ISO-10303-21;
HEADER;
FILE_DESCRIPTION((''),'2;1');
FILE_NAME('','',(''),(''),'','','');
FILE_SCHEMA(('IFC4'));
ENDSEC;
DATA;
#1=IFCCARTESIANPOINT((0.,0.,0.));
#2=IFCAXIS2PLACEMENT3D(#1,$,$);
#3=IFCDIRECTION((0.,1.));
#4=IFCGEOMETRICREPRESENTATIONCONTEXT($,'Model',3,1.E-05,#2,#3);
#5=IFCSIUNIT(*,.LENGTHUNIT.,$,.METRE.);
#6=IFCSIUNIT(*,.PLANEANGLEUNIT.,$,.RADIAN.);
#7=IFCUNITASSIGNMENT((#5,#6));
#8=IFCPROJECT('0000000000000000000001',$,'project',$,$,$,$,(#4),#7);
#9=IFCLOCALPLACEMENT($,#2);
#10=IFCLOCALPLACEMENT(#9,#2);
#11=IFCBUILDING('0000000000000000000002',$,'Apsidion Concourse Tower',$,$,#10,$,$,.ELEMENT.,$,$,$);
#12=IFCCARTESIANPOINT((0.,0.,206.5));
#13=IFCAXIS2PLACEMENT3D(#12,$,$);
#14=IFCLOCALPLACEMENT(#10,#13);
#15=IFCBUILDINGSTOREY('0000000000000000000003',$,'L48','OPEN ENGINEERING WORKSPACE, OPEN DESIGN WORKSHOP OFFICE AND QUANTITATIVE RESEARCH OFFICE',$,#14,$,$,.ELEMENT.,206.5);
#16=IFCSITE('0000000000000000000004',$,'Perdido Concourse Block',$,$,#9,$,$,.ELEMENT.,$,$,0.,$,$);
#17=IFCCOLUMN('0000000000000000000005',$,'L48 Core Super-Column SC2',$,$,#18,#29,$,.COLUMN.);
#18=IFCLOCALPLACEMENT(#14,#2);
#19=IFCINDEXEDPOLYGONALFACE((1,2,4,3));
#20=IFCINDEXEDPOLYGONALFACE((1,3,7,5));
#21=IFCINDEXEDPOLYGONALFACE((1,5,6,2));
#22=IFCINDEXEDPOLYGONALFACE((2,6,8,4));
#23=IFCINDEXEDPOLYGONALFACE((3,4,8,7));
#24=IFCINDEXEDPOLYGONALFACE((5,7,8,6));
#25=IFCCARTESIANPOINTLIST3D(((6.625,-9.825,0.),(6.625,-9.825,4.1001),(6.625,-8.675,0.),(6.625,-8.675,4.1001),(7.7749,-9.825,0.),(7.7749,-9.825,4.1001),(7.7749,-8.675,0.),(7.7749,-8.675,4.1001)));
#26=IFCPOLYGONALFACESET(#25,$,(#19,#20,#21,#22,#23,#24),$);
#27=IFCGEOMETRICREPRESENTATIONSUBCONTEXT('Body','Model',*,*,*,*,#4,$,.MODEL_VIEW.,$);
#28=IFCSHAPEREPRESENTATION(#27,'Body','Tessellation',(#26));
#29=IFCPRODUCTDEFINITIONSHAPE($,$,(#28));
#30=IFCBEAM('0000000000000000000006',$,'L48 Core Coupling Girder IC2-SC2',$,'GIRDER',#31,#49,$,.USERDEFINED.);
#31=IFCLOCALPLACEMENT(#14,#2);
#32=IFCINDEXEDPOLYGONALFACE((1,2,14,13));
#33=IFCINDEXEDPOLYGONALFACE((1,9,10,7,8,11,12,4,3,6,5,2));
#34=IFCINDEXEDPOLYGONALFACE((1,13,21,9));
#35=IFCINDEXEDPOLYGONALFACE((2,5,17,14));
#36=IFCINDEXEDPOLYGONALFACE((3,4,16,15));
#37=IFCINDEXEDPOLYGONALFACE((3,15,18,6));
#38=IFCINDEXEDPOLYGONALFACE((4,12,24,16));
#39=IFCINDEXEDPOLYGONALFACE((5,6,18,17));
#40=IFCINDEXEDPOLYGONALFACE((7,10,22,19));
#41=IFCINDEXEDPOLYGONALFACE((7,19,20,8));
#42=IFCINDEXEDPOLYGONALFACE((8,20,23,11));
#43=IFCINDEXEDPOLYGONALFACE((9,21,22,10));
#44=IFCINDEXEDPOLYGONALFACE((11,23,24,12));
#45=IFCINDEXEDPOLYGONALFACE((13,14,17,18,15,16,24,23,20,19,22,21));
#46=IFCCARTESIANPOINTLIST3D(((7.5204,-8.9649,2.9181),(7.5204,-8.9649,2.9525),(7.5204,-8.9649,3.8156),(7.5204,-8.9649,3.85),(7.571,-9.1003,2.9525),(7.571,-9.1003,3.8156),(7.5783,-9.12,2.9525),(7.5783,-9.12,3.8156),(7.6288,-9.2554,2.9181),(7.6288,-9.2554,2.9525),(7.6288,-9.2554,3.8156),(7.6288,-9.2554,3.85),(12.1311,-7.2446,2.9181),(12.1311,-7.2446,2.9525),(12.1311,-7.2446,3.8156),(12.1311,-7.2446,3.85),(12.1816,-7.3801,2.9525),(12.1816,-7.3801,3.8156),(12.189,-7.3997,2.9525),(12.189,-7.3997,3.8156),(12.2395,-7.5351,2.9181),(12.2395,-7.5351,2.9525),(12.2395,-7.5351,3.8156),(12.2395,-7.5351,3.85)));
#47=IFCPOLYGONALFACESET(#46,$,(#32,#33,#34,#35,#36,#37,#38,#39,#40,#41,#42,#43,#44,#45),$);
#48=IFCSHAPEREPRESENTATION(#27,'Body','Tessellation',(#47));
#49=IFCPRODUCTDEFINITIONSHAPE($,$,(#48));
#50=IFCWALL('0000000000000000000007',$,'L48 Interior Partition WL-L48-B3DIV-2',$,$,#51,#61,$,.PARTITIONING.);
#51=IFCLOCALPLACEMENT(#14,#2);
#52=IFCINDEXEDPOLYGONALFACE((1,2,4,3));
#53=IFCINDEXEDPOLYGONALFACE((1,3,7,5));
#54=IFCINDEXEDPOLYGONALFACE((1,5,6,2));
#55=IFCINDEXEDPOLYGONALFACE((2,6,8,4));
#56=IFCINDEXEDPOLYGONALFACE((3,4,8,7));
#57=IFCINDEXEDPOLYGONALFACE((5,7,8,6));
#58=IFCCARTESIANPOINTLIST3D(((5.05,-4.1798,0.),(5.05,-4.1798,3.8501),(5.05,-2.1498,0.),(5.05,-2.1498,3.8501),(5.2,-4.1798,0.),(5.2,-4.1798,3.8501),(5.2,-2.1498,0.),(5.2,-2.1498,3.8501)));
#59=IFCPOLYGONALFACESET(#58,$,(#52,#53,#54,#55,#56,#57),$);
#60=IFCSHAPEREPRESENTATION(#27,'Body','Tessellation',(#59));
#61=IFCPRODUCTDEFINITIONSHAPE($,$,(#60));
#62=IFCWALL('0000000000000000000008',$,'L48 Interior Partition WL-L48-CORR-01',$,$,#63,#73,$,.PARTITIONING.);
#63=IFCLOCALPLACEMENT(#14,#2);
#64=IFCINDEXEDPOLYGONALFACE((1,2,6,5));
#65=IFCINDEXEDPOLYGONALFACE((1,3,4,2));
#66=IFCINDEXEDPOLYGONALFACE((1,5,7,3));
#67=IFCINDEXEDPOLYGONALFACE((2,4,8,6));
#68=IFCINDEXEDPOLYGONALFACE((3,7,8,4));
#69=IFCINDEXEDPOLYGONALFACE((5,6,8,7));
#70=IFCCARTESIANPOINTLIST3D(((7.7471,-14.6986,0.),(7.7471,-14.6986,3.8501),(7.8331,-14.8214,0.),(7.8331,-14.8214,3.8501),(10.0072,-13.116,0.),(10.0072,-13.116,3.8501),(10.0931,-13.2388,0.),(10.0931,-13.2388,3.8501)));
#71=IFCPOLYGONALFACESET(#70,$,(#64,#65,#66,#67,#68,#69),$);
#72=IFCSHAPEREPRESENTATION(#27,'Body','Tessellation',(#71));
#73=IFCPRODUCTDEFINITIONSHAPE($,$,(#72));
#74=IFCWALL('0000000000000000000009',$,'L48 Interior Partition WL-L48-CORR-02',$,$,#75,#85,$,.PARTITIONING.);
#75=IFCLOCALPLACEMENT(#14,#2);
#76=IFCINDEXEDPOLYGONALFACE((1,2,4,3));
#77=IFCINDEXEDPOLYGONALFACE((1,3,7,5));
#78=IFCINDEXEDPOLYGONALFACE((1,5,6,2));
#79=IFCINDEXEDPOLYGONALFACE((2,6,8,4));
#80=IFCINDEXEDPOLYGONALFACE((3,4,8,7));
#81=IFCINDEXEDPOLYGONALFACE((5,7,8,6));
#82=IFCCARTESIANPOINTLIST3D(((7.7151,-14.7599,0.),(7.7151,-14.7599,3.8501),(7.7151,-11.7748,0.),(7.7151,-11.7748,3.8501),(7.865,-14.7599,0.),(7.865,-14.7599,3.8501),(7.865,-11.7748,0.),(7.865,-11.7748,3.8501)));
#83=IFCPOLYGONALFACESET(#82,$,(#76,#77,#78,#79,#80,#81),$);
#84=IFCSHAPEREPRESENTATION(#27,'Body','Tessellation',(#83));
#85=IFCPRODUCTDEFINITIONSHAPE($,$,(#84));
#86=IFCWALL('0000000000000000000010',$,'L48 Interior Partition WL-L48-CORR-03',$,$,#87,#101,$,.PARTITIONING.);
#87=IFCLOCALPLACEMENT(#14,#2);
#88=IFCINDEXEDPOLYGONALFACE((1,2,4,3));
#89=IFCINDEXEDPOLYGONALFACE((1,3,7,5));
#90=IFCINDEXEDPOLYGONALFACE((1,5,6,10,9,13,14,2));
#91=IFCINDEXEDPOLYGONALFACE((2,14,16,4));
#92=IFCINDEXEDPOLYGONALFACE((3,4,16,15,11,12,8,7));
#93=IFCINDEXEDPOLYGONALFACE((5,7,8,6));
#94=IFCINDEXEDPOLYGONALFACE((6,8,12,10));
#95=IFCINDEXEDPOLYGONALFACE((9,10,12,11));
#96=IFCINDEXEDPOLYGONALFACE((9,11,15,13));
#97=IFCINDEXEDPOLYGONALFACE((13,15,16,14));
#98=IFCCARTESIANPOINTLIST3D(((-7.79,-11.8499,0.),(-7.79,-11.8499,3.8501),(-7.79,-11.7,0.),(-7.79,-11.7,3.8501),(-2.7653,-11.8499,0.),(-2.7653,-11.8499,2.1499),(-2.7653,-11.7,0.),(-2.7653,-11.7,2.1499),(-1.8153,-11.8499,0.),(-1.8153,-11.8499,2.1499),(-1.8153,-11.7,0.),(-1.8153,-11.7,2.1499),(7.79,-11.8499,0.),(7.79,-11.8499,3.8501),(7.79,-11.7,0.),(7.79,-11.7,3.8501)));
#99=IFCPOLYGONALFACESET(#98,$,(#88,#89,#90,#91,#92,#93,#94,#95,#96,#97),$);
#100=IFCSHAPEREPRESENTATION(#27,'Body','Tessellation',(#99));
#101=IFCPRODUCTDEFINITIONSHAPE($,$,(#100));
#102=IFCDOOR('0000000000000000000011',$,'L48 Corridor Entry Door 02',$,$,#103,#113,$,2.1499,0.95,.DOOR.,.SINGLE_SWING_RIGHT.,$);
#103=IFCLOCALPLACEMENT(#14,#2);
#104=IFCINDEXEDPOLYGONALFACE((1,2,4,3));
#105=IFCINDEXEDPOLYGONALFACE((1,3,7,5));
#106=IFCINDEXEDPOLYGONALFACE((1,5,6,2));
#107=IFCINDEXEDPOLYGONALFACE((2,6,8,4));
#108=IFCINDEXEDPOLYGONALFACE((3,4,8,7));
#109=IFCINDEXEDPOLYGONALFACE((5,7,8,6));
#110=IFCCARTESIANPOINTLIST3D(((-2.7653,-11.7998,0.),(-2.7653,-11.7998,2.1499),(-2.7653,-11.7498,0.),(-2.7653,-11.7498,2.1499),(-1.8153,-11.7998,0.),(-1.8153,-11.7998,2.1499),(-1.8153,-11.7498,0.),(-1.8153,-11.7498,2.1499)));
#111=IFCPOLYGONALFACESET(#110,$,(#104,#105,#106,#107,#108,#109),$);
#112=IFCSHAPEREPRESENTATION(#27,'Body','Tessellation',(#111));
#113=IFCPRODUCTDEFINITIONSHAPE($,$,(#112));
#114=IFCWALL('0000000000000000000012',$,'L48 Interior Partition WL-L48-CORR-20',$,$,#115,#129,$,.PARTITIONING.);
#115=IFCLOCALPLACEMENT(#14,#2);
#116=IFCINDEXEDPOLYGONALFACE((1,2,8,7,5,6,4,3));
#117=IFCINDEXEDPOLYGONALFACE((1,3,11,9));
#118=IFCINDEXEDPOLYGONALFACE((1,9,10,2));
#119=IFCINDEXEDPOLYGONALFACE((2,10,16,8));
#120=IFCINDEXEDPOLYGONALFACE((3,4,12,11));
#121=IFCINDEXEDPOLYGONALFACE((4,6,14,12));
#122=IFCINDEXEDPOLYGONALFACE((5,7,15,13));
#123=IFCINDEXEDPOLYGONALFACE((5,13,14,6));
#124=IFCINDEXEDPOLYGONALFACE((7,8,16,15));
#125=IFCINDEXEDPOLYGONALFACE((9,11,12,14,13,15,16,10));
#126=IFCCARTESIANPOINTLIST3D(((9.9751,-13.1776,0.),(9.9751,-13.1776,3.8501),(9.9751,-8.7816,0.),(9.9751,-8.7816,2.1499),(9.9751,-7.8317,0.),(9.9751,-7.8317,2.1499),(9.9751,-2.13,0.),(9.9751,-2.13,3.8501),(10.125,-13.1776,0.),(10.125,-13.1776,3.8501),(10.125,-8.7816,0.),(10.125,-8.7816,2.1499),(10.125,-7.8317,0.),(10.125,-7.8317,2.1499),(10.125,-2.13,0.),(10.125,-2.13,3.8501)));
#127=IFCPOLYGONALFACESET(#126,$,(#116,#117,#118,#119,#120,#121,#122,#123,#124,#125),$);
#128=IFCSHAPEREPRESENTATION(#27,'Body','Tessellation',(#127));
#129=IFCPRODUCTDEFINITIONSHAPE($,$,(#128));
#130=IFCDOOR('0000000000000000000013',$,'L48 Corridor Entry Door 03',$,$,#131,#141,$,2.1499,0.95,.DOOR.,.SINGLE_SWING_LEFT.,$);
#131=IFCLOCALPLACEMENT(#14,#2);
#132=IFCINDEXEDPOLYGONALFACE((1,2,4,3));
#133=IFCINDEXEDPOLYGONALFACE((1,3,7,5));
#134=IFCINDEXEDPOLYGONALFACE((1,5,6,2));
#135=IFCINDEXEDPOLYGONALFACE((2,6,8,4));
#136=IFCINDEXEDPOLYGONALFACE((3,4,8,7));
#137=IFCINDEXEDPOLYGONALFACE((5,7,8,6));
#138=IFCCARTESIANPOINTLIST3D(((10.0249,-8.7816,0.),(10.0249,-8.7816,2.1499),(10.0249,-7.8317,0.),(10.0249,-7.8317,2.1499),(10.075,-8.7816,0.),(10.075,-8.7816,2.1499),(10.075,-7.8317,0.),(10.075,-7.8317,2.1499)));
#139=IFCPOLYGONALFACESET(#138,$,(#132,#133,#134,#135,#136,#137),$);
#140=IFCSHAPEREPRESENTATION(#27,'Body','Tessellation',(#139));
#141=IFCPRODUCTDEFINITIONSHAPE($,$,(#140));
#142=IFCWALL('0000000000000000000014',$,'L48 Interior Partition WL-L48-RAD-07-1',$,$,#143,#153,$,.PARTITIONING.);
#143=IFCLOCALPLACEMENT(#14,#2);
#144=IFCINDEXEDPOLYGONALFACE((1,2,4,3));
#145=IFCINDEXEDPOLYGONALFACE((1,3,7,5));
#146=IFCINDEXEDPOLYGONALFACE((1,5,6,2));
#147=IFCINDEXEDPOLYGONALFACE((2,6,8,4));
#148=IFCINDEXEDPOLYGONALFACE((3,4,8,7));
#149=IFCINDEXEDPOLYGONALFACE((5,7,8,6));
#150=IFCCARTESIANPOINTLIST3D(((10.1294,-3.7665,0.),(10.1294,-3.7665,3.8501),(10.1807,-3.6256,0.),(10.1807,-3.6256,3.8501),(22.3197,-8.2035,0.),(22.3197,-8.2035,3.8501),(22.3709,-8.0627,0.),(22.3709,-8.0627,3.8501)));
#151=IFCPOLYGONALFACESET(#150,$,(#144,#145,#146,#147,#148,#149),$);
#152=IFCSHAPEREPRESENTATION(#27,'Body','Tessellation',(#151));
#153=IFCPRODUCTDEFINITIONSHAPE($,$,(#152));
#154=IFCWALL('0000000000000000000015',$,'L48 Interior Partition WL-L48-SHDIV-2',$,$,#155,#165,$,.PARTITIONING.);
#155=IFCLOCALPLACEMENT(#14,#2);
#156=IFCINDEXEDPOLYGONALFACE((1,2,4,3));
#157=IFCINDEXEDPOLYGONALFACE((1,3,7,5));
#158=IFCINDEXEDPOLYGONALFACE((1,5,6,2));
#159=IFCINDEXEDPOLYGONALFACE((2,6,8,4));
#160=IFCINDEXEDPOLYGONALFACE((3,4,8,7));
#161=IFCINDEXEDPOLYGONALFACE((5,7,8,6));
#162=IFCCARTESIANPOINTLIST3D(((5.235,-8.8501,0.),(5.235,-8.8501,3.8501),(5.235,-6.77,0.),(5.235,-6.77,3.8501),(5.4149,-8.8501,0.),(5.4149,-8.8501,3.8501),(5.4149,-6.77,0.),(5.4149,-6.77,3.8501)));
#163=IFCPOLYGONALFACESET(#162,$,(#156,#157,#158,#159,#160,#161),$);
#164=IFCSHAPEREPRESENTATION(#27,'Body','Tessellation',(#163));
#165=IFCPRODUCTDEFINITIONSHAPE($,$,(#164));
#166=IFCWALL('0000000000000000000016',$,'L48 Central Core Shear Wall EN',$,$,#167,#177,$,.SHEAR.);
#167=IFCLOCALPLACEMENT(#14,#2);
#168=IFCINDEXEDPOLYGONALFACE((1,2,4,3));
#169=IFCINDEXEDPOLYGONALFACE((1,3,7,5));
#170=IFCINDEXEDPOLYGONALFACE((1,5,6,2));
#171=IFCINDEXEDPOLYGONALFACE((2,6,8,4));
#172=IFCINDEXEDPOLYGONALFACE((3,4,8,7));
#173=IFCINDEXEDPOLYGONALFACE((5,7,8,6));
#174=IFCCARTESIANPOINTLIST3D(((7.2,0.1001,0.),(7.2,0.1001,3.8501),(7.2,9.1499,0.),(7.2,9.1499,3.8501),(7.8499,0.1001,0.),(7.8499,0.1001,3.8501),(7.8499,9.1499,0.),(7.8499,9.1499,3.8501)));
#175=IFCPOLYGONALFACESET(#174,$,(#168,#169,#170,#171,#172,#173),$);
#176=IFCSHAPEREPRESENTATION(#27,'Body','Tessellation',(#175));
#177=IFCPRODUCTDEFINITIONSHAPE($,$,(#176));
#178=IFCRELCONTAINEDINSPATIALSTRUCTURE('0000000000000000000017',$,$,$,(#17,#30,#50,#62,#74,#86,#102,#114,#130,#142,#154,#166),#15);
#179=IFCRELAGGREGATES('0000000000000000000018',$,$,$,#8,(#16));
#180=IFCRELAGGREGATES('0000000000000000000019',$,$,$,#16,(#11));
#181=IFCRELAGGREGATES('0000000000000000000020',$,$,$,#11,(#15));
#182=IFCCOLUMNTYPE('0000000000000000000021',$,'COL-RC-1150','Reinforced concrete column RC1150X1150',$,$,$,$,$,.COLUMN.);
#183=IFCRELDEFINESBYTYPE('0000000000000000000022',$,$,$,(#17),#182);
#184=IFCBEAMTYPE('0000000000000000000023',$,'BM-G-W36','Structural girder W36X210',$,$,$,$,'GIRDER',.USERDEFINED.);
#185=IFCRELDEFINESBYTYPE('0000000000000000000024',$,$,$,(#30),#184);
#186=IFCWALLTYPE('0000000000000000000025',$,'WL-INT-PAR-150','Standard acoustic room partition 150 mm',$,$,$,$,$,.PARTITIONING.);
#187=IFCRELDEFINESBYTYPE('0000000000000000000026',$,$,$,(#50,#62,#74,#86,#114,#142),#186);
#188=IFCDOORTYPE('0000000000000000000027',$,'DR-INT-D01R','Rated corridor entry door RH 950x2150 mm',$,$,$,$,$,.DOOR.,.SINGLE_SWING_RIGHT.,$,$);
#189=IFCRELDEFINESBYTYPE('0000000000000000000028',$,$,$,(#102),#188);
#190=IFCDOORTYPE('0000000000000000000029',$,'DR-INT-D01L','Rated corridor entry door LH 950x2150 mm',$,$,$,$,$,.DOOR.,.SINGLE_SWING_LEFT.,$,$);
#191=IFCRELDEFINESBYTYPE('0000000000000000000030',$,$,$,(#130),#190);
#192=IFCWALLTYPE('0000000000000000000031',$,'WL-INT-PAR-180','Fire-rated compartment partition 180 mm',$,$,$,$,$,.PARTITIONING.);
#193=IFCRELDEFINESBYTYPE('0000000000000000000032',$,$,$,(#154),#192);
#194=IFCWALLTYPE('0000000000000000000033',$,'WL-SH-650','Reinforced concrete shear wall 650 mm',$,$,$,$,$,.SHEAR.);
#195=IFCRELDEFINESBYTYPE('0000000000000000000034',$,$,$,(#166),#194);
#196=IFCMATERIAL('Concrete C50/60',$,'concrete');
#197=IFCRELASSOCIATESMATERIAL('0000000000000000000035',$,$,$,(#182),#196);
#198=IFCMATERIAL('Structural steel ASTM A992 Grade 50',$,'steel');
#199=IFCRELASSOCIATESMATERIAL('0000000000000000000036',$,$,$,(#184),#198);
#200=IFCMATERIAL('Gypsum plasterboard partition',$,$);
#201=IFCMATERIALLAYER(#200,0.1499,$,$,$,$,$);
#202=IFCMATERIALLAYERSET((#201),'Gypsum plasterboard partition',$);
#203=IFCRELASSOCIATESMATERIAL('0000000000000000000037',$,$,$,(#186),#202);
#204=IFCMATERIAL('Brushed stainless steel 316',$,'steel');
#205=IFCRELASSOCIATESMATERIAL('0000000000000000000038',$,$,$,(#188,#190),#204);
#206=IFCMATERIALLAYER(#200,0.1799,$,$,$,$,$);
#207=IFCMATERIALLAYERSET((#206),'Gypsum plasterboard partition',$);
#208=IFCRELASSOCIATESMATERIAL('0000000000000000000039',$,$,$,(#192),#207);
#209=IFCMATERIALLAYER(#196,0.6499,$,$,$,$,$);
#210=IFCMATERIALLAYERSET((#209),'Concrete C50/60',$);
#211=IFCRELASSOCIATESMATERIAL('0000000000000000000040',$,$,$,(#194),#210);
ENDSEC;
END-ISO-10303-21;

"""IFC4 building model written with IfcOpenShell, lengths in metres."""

from ifc_helpers import new_model, si_unit, direction, frame, frame_2d, origin, origin_2d, place, context, subcontext, project, spatial, rectangle, i_section, extrude, material, layer, layer_set, material_profile, profile_set, type_object, element, fill, save


model = new_model("IFC4")

# Units and contexts
model_context = context("Model", 3, precision=1e-05, world=origin(), true_north=direction((0.0, 1.0)))
body_context = subcontext(model_context, "Body", "Model", "MODEL_VIEW")
ifc_project = project(units=[si_unit("LENGTHUNIT", "METRE"), si_unit("PLANEANGLEUNIT", "RADIAN")], contexts=[model_context])

# Site, building, storey
site_placement = place(None, origin())
site = spatial("IfcSite", under=ifc_project, at=site_placement, Name="Perdido Concourse Block", CompositionType="ELEMENT", RefElevation=0.0)
building_placement = place(site_placement, origin())
building = spatial("IfcBuilding", under=site, at=building_placement, Name="Apsidion Concourse Tower", CompositionType="ELEMENT")
storey_placement = place(building_placement, frame((0.0, 0.0, 206.5)))
storey = spatial("IfcBuildingStorey", under=building, at=storey_placement, Name="L48", Description="OPEN ENGINEERING WORKSPACE, OPEN DESIGN WORKSHOP OFFICE AND QUANTITATIVE RESEARCH OFFICE", CompositionType="ELEMENT", Elevation=206.5)

# Column
ifc_material_1 = material(Name="Concrete C50/60", Category="concrete")
ifc_material_profile_1 = material_profile(ifc_material_1, rectangle(XDim=1.1499, YDim=1.1499, at=origin_2d()), Name="RC 1150x1150")
ifc_profile_set_1 = profile_set([ifc_material_profile_1], Name="Concrete C50/60")
column_type = type_object("IfcColumnType", Name="COL-RC-1150", Description="Reinforced concrete column RC1150X1150", PredefinedType="COLUMN", material=ifc_profile_set_1)
column_placement = place(storey_placement, frame((7.2, -9.25, 0.0), z_axis=(0.0, 0.0, 1.0), x_axis=(1.0, 0.0, 0.0)))
element("IfcColumn", 1, at=column_placement, inside=storey, type_object=column_type, Name="L48 Core Super-Column SC2", PredefinedType="COLUMN", context=body_context, shape_type="SweptSolid", body=[
    extrude(rectangle(XDim=1.1499, YDim=1.1499, at=origin_2d()), origin(), (0.0, 0.0, 1.0), 4.1001),
])

# Beam
ifc_material_2 = material(Name="Structural steel ASTM A992 Grade 50", Category="steel")
ifc_material_profile_2 = material_profile(ifc_material_2, i_section(OverallWidth=0.3101, OverallDepth=0.9319, WebThickness=0.021, FlangeThickness=0.0344, at=origin_2d()), Name="W36X210")
ifc_profile_set_2 = profile_set([ifc_material_profile_2], Name="Structural steel ASTM A992 Grade 50")
beam_type = type_object("IfcBeamType", Name="BM-G-W36", Description="Structural girder W36X210", ElementType="GIRDER", PredefinedType="USERDEFINED", material=ifc_profile_set_2)
beam_placement = place(storey_placement, frame((12.1853, -7.3899, 3.384), z_axis=(-0.936913, -0.349563, 0.0), x_axis=(0.349563, -0.936913, 0.0)))
element("IfcBeam", 2, at=beam_placement, inside=storey, type_object=beam_type, Name="L48 Core Coupling Girder IC2-SC2", ObjectType="GIRDER", PredefinedType="USERDEFINED", context=body_context, shape_type="SweptSolid", body=[
    extrude(i_section(OverallWidth=0.3101, OverallDepth=0.9319, WebThickness=0.021, FlangeThickness=0.0344, at=origin_2d()), origin(), (0.0, 0.0, 1.0), 4.9211),
])

# Walls
ifc_material_3 = material(Name="Gypsum plasterboard partition")
ifc_layer_1 = layer(ifc_material_3, 0.1499)
ifc_layer_set_1 = layer_set([ifc_layer_1], Name="Gypsum plasterboard partition")
wall_type_1 = type_object("IfcWallType", Name="WL-INT-PAR-150", Description="Standard acoustic room partition 150 mm", PredefinedType="PARTITIONING", material=ifc_layer_set_1)
wall_1_placement = place(storey_placement, frame((5.125, -4.1799, 0.0), z_axis=(0.0, 0.0, 1.0), x_axis=(0.0, 1.0, 0.0)))
element("IfcWall", 3, at=wall_1_placement, inside=storey, type_object=wall_type_1, Name="L48 Interior Partition WL-L48-B3DIV-2", PredefinedType="PARTITIONING", context=body_context, shape_type="SweptSolid", body=[
    extrude(rectangle(XDim=2.03, YDim=0.1499, at=frame_2d((1.0151, 0.0))), origin(), (0.0, 0.0, 1.0), 3.8501),
])
wall_2_placement = place(storey_placement, frame((10.05, -13.1775, 0.0), z_axis=(0.0, 0.0, 1.0), x_axis=(-0.819145, -0.573587, 0.0)))
element("IfcWall", 4, at=wall_2_placement, inside=storey, type_object=wall_type_1, Name="L48 Interior Partition WL-L48-CORR-01", PredefinedType="PARTITIONING", context=body_context, shape_type="SweptSolid", body=[
    extrude(rectangle(XDim=2.759, YDim=0.1499, at=frame_2d((1.3794, 0.0))), origin(), (0.0, 0.0, 1.0), 3.8501),
])
wall_3_placement = place(storey_placement, frame((7.79, -14.76, 0.0), z_axis=(0.0, 0.0, 1.0), x_axis=(0.0, 1.0, 0.0)))
element("IfcWall", 5, at=wall_3_placement, inside=storey, type_object=wall_type_1, Name="L48 Interior Partition WL-L48-CORR-02", PredefinedType="PARTITIONING", context=body_context, shape_type="SweptSolid", body=[
    extrude(rectangle(XDim=2.9851, YDim=0.1499, at=frame_2d((1.4927, 0.0))), origin(), (0.0, 0.0, 1.0), 3.8501),
])

# Walls, openings, doors
wall_4_placement = place(storey_placement, frame((7.79, -11.7749, 0.0), z_axis=(0.0, 0.0, 1.0), x_axis=(-1.0, 0.0, 0.0)))
wall_4 = element("IfcWall", 6, at=wall_4_placement, inside=storey, type_object=wall_type_1, Name="L48 Interior Partition WL-L48-CORR-03", PredefinedType="PARTITIONING", context=body_context, shape_type="SweptSolid", body=[
    extrude(rectangle(XDim=15.5801, YDim=0.1499, at=frame_2d((7.79, 0.0))), origin(), (0.0, 0.0, 1.0), 3.8501),
])
opening_1_placement = place(wall_4_placement, frame((9.6052, 0.0, 0.0)))
opening_1 = element("IfcOpeningElement", 7, at=opening_1_placement, cuts=wall_4, PredefinedType="OPENING", context=body_context, shape_type="SweptSolid", body=[
    extrude(rectangle(XDim=0.95, YDim=2.1499, at=frame_2d((0.4751, 1.075))), frame((0.0, 0.085, 0.0), z_axis=(0.0, -1.0, 0.0), x_axis=(1.0, 0.0, 0.0)), (0.0, 0.0, 1.0), 0.1699),
])
ifc_material_4 = material(Name="Brushed stainless steel 316", Category="steel")
door_type_1 = type_object("IfcDoorType", Name="DR-INT-D01R", Description="Rated corridor entry door RH 950x2150 mm", OperationType="SINGLE_SWING_RIGHT", PredefinedType="DOOR", material=ifc_material_4)
door_1_placement = place(opening_1_placement, origin())
door_1 = element("IfcDoor", 8, at=door_1_placement, inside=storey, type_object=door_type_1, Name="L48 Corridor Entry Door 02", OperationType="SINGLE_SWING_RIGHT", OverallHeight=2.1499, OverallWidth=0.95, PredefinedType="DOOR", context=body_context, shape_type="SweptSolid", body=[
    extrude(rectangle(XDim=0.95, YDim=2.1499, at=frame_2d((0.4751, 1.075))), frame((0.0, 0.0249, 0.0), z_axis=(0.0, -1.0, 0.0), x_axis=(1.0, 0.0, 0.0)), (0.0, 0.0, 1.0), 0.05),
])
fill(opening_1, door_1)
wall_5_placement = place(storey_placement, frame((10.05, -2.1299, 0.0), z_axis=(0.0, 0.0, 1.0), x_axis=(0.0, -1.0, 0.0)))
wall_5 = element("IfcWall", 9, at=wall_5_placement, inside=storey, type_object=wall_type_1, Name="L48 Interior Partition WL-L48-CORR-20", PredefinedType="PARTITIONING", context=body_context, shape_type="SweptSolid", body=[
    extrude(rectangle(XDim=11.0476, YDim=0.1499, at=frame_2d((5.5239, 0.0))), origin(), (0.0, 0.0, 1.0), 3.8501),
])
opening_2_placement = place(wall_5_placement, frame((5.7017, 0.0, 0.0)))
opening_2 = element("IfcOpeningElement", 10, at=opening_2_placement, cuts=wall_5, PredefinedType="OPENING", context=body_context, shape_type="SweptSolid", body=[
    extrude(rectangle(XDim=0.95, YDim=2.1499, at=frame_2d((0.4751, 1.075))), frame((0.0, 0.085, 0.0), z_axis=(0.0, -1.0, 0.0), x_axis=(1.0, 0.0, 0.0)), (0.0, 0.0, 1.0), 0.1699),
])
door_type_2 = type_object("IfcDoorType", Name="DR-INT-D01L", Description="Rated corridor entry door LH 950x2150 mm", OperationType="SINGLE_SWING_LEFT", PredefinedType="DOOR", material=ifc_material_4)
door_2_placement = place(opening_2_placement, origin())
door_2 = element("IfcDoor", 11, at=door_2_placement, inside=storey, type_object=door_type_2, Name="L48 Corridor Entry Door 03", OperationType="SINGLE_SWING_LEFT", OverallHeight=2.1499, OverallWidth=0.95, PredefinedType="DOOR", context=body_context, shape_type="SweptSolid", body=[
    extrude(rectangle(XDim=0.95, YDim=2.1499, at=frame_2d((0.4751, 1.075))), frame((0.0, 0.0249, 0.0), z_axis=(0.0, -1.0, 0.0), x_axis=(1.0, 0.0, 0.0)), (0.0, 0.0, 1.0), 0.05),
])
fill(opening_2, door_2)

# Walls
wall_6_placement = place(storey_placement, frame((10.155, -3.696, 0.0), z_axis=(0.0, 0.0, 1.0), x_axis=(0.939689, -0.34203, 0.0)))
element("IfcWall", 12, at=wall_6_placement, inside=storey, type_object=wall_type_1, Name="L48 Interior Partition WL-L48-RAD-07-1", PredefinedType="PARTITIONING", context=body_context, shape_type="SweptSolid", body=[
    extrude(rectangle(XDim=12.9727, YDim=0.1499, at=frame_2d((6.4863, 0.0))), origin(), (0.0, 0.0, 1.0), 3.8501),
])
ifc_layer_2 = layer(ifc_material_3, 0.1799)
ifc_layer_set_2 = layer_set([ifc_layer_2], Name="Gypsum plasterboard partition")
wall_type_2 = type_object("IfcWallType", Name="WL-INT-PAR-180", Description="Fire-rated compartment partition 180 mm", PredefinedType="PARTITIONING", material=ifc_layer_set_2)
wall_7_placement = place(storey_placement, frame((5.325, -8.8501, 0.0), z_axis=(0.0, 0.0, 1.0), x_axis=(0.0, 1.0, 0.0)))
element("IfcWall", 13, at=wall_7_placement, inside=storey, type_object=wall_type_2, Name="L48 Interior Partition WL-L48-SHDIV-2", PredefinedType="PARTITIONING", context=body_context, shape_type="SweptSolid", body=[
    extrude(rectangle(XDim=2.0801, YDim=0.1799, at=frame_2d((1.04, 0.0))), origin(), (0.0, 0.0, 1.0), 3.8501),
])
ifc_layer_3 = layer(ifc_material_1, 0.6499)
ifc_layer_set_3 = layer_set([ifc_layer_3], Name="Concrete C50/60")
wall_type_3 = type_object("IfcWallType", Name="WL-SH-650", Description="Reinforced concrete shear wall 650 mm", PredefinedType="SHEAR", material=ifc_layer_set_3)
wall_8_placement = place(storey_placement, frame((7.5249, 0.1001, 0.0), z_axis=(0.0, 0.0, 1.0), x_axis=(0.0, 1.0, 0.0)))
element("IfcWall", 14, at=wall_8_placement, inside=storey, type_object=wall_type_3, Name="L48 Central Core Shear Wall EN", PredefinedType="SHEAR", context=body_context, shape_type="SweptSolid", body=[
    extrude(rectangle(XDim=9.0498, YDim=0.6499, at=frame_2d((4.5249, 0.0))), origin(), (0.0, 0.0, 1.0), 3.8501),
])

save(model, "model.ifc")
